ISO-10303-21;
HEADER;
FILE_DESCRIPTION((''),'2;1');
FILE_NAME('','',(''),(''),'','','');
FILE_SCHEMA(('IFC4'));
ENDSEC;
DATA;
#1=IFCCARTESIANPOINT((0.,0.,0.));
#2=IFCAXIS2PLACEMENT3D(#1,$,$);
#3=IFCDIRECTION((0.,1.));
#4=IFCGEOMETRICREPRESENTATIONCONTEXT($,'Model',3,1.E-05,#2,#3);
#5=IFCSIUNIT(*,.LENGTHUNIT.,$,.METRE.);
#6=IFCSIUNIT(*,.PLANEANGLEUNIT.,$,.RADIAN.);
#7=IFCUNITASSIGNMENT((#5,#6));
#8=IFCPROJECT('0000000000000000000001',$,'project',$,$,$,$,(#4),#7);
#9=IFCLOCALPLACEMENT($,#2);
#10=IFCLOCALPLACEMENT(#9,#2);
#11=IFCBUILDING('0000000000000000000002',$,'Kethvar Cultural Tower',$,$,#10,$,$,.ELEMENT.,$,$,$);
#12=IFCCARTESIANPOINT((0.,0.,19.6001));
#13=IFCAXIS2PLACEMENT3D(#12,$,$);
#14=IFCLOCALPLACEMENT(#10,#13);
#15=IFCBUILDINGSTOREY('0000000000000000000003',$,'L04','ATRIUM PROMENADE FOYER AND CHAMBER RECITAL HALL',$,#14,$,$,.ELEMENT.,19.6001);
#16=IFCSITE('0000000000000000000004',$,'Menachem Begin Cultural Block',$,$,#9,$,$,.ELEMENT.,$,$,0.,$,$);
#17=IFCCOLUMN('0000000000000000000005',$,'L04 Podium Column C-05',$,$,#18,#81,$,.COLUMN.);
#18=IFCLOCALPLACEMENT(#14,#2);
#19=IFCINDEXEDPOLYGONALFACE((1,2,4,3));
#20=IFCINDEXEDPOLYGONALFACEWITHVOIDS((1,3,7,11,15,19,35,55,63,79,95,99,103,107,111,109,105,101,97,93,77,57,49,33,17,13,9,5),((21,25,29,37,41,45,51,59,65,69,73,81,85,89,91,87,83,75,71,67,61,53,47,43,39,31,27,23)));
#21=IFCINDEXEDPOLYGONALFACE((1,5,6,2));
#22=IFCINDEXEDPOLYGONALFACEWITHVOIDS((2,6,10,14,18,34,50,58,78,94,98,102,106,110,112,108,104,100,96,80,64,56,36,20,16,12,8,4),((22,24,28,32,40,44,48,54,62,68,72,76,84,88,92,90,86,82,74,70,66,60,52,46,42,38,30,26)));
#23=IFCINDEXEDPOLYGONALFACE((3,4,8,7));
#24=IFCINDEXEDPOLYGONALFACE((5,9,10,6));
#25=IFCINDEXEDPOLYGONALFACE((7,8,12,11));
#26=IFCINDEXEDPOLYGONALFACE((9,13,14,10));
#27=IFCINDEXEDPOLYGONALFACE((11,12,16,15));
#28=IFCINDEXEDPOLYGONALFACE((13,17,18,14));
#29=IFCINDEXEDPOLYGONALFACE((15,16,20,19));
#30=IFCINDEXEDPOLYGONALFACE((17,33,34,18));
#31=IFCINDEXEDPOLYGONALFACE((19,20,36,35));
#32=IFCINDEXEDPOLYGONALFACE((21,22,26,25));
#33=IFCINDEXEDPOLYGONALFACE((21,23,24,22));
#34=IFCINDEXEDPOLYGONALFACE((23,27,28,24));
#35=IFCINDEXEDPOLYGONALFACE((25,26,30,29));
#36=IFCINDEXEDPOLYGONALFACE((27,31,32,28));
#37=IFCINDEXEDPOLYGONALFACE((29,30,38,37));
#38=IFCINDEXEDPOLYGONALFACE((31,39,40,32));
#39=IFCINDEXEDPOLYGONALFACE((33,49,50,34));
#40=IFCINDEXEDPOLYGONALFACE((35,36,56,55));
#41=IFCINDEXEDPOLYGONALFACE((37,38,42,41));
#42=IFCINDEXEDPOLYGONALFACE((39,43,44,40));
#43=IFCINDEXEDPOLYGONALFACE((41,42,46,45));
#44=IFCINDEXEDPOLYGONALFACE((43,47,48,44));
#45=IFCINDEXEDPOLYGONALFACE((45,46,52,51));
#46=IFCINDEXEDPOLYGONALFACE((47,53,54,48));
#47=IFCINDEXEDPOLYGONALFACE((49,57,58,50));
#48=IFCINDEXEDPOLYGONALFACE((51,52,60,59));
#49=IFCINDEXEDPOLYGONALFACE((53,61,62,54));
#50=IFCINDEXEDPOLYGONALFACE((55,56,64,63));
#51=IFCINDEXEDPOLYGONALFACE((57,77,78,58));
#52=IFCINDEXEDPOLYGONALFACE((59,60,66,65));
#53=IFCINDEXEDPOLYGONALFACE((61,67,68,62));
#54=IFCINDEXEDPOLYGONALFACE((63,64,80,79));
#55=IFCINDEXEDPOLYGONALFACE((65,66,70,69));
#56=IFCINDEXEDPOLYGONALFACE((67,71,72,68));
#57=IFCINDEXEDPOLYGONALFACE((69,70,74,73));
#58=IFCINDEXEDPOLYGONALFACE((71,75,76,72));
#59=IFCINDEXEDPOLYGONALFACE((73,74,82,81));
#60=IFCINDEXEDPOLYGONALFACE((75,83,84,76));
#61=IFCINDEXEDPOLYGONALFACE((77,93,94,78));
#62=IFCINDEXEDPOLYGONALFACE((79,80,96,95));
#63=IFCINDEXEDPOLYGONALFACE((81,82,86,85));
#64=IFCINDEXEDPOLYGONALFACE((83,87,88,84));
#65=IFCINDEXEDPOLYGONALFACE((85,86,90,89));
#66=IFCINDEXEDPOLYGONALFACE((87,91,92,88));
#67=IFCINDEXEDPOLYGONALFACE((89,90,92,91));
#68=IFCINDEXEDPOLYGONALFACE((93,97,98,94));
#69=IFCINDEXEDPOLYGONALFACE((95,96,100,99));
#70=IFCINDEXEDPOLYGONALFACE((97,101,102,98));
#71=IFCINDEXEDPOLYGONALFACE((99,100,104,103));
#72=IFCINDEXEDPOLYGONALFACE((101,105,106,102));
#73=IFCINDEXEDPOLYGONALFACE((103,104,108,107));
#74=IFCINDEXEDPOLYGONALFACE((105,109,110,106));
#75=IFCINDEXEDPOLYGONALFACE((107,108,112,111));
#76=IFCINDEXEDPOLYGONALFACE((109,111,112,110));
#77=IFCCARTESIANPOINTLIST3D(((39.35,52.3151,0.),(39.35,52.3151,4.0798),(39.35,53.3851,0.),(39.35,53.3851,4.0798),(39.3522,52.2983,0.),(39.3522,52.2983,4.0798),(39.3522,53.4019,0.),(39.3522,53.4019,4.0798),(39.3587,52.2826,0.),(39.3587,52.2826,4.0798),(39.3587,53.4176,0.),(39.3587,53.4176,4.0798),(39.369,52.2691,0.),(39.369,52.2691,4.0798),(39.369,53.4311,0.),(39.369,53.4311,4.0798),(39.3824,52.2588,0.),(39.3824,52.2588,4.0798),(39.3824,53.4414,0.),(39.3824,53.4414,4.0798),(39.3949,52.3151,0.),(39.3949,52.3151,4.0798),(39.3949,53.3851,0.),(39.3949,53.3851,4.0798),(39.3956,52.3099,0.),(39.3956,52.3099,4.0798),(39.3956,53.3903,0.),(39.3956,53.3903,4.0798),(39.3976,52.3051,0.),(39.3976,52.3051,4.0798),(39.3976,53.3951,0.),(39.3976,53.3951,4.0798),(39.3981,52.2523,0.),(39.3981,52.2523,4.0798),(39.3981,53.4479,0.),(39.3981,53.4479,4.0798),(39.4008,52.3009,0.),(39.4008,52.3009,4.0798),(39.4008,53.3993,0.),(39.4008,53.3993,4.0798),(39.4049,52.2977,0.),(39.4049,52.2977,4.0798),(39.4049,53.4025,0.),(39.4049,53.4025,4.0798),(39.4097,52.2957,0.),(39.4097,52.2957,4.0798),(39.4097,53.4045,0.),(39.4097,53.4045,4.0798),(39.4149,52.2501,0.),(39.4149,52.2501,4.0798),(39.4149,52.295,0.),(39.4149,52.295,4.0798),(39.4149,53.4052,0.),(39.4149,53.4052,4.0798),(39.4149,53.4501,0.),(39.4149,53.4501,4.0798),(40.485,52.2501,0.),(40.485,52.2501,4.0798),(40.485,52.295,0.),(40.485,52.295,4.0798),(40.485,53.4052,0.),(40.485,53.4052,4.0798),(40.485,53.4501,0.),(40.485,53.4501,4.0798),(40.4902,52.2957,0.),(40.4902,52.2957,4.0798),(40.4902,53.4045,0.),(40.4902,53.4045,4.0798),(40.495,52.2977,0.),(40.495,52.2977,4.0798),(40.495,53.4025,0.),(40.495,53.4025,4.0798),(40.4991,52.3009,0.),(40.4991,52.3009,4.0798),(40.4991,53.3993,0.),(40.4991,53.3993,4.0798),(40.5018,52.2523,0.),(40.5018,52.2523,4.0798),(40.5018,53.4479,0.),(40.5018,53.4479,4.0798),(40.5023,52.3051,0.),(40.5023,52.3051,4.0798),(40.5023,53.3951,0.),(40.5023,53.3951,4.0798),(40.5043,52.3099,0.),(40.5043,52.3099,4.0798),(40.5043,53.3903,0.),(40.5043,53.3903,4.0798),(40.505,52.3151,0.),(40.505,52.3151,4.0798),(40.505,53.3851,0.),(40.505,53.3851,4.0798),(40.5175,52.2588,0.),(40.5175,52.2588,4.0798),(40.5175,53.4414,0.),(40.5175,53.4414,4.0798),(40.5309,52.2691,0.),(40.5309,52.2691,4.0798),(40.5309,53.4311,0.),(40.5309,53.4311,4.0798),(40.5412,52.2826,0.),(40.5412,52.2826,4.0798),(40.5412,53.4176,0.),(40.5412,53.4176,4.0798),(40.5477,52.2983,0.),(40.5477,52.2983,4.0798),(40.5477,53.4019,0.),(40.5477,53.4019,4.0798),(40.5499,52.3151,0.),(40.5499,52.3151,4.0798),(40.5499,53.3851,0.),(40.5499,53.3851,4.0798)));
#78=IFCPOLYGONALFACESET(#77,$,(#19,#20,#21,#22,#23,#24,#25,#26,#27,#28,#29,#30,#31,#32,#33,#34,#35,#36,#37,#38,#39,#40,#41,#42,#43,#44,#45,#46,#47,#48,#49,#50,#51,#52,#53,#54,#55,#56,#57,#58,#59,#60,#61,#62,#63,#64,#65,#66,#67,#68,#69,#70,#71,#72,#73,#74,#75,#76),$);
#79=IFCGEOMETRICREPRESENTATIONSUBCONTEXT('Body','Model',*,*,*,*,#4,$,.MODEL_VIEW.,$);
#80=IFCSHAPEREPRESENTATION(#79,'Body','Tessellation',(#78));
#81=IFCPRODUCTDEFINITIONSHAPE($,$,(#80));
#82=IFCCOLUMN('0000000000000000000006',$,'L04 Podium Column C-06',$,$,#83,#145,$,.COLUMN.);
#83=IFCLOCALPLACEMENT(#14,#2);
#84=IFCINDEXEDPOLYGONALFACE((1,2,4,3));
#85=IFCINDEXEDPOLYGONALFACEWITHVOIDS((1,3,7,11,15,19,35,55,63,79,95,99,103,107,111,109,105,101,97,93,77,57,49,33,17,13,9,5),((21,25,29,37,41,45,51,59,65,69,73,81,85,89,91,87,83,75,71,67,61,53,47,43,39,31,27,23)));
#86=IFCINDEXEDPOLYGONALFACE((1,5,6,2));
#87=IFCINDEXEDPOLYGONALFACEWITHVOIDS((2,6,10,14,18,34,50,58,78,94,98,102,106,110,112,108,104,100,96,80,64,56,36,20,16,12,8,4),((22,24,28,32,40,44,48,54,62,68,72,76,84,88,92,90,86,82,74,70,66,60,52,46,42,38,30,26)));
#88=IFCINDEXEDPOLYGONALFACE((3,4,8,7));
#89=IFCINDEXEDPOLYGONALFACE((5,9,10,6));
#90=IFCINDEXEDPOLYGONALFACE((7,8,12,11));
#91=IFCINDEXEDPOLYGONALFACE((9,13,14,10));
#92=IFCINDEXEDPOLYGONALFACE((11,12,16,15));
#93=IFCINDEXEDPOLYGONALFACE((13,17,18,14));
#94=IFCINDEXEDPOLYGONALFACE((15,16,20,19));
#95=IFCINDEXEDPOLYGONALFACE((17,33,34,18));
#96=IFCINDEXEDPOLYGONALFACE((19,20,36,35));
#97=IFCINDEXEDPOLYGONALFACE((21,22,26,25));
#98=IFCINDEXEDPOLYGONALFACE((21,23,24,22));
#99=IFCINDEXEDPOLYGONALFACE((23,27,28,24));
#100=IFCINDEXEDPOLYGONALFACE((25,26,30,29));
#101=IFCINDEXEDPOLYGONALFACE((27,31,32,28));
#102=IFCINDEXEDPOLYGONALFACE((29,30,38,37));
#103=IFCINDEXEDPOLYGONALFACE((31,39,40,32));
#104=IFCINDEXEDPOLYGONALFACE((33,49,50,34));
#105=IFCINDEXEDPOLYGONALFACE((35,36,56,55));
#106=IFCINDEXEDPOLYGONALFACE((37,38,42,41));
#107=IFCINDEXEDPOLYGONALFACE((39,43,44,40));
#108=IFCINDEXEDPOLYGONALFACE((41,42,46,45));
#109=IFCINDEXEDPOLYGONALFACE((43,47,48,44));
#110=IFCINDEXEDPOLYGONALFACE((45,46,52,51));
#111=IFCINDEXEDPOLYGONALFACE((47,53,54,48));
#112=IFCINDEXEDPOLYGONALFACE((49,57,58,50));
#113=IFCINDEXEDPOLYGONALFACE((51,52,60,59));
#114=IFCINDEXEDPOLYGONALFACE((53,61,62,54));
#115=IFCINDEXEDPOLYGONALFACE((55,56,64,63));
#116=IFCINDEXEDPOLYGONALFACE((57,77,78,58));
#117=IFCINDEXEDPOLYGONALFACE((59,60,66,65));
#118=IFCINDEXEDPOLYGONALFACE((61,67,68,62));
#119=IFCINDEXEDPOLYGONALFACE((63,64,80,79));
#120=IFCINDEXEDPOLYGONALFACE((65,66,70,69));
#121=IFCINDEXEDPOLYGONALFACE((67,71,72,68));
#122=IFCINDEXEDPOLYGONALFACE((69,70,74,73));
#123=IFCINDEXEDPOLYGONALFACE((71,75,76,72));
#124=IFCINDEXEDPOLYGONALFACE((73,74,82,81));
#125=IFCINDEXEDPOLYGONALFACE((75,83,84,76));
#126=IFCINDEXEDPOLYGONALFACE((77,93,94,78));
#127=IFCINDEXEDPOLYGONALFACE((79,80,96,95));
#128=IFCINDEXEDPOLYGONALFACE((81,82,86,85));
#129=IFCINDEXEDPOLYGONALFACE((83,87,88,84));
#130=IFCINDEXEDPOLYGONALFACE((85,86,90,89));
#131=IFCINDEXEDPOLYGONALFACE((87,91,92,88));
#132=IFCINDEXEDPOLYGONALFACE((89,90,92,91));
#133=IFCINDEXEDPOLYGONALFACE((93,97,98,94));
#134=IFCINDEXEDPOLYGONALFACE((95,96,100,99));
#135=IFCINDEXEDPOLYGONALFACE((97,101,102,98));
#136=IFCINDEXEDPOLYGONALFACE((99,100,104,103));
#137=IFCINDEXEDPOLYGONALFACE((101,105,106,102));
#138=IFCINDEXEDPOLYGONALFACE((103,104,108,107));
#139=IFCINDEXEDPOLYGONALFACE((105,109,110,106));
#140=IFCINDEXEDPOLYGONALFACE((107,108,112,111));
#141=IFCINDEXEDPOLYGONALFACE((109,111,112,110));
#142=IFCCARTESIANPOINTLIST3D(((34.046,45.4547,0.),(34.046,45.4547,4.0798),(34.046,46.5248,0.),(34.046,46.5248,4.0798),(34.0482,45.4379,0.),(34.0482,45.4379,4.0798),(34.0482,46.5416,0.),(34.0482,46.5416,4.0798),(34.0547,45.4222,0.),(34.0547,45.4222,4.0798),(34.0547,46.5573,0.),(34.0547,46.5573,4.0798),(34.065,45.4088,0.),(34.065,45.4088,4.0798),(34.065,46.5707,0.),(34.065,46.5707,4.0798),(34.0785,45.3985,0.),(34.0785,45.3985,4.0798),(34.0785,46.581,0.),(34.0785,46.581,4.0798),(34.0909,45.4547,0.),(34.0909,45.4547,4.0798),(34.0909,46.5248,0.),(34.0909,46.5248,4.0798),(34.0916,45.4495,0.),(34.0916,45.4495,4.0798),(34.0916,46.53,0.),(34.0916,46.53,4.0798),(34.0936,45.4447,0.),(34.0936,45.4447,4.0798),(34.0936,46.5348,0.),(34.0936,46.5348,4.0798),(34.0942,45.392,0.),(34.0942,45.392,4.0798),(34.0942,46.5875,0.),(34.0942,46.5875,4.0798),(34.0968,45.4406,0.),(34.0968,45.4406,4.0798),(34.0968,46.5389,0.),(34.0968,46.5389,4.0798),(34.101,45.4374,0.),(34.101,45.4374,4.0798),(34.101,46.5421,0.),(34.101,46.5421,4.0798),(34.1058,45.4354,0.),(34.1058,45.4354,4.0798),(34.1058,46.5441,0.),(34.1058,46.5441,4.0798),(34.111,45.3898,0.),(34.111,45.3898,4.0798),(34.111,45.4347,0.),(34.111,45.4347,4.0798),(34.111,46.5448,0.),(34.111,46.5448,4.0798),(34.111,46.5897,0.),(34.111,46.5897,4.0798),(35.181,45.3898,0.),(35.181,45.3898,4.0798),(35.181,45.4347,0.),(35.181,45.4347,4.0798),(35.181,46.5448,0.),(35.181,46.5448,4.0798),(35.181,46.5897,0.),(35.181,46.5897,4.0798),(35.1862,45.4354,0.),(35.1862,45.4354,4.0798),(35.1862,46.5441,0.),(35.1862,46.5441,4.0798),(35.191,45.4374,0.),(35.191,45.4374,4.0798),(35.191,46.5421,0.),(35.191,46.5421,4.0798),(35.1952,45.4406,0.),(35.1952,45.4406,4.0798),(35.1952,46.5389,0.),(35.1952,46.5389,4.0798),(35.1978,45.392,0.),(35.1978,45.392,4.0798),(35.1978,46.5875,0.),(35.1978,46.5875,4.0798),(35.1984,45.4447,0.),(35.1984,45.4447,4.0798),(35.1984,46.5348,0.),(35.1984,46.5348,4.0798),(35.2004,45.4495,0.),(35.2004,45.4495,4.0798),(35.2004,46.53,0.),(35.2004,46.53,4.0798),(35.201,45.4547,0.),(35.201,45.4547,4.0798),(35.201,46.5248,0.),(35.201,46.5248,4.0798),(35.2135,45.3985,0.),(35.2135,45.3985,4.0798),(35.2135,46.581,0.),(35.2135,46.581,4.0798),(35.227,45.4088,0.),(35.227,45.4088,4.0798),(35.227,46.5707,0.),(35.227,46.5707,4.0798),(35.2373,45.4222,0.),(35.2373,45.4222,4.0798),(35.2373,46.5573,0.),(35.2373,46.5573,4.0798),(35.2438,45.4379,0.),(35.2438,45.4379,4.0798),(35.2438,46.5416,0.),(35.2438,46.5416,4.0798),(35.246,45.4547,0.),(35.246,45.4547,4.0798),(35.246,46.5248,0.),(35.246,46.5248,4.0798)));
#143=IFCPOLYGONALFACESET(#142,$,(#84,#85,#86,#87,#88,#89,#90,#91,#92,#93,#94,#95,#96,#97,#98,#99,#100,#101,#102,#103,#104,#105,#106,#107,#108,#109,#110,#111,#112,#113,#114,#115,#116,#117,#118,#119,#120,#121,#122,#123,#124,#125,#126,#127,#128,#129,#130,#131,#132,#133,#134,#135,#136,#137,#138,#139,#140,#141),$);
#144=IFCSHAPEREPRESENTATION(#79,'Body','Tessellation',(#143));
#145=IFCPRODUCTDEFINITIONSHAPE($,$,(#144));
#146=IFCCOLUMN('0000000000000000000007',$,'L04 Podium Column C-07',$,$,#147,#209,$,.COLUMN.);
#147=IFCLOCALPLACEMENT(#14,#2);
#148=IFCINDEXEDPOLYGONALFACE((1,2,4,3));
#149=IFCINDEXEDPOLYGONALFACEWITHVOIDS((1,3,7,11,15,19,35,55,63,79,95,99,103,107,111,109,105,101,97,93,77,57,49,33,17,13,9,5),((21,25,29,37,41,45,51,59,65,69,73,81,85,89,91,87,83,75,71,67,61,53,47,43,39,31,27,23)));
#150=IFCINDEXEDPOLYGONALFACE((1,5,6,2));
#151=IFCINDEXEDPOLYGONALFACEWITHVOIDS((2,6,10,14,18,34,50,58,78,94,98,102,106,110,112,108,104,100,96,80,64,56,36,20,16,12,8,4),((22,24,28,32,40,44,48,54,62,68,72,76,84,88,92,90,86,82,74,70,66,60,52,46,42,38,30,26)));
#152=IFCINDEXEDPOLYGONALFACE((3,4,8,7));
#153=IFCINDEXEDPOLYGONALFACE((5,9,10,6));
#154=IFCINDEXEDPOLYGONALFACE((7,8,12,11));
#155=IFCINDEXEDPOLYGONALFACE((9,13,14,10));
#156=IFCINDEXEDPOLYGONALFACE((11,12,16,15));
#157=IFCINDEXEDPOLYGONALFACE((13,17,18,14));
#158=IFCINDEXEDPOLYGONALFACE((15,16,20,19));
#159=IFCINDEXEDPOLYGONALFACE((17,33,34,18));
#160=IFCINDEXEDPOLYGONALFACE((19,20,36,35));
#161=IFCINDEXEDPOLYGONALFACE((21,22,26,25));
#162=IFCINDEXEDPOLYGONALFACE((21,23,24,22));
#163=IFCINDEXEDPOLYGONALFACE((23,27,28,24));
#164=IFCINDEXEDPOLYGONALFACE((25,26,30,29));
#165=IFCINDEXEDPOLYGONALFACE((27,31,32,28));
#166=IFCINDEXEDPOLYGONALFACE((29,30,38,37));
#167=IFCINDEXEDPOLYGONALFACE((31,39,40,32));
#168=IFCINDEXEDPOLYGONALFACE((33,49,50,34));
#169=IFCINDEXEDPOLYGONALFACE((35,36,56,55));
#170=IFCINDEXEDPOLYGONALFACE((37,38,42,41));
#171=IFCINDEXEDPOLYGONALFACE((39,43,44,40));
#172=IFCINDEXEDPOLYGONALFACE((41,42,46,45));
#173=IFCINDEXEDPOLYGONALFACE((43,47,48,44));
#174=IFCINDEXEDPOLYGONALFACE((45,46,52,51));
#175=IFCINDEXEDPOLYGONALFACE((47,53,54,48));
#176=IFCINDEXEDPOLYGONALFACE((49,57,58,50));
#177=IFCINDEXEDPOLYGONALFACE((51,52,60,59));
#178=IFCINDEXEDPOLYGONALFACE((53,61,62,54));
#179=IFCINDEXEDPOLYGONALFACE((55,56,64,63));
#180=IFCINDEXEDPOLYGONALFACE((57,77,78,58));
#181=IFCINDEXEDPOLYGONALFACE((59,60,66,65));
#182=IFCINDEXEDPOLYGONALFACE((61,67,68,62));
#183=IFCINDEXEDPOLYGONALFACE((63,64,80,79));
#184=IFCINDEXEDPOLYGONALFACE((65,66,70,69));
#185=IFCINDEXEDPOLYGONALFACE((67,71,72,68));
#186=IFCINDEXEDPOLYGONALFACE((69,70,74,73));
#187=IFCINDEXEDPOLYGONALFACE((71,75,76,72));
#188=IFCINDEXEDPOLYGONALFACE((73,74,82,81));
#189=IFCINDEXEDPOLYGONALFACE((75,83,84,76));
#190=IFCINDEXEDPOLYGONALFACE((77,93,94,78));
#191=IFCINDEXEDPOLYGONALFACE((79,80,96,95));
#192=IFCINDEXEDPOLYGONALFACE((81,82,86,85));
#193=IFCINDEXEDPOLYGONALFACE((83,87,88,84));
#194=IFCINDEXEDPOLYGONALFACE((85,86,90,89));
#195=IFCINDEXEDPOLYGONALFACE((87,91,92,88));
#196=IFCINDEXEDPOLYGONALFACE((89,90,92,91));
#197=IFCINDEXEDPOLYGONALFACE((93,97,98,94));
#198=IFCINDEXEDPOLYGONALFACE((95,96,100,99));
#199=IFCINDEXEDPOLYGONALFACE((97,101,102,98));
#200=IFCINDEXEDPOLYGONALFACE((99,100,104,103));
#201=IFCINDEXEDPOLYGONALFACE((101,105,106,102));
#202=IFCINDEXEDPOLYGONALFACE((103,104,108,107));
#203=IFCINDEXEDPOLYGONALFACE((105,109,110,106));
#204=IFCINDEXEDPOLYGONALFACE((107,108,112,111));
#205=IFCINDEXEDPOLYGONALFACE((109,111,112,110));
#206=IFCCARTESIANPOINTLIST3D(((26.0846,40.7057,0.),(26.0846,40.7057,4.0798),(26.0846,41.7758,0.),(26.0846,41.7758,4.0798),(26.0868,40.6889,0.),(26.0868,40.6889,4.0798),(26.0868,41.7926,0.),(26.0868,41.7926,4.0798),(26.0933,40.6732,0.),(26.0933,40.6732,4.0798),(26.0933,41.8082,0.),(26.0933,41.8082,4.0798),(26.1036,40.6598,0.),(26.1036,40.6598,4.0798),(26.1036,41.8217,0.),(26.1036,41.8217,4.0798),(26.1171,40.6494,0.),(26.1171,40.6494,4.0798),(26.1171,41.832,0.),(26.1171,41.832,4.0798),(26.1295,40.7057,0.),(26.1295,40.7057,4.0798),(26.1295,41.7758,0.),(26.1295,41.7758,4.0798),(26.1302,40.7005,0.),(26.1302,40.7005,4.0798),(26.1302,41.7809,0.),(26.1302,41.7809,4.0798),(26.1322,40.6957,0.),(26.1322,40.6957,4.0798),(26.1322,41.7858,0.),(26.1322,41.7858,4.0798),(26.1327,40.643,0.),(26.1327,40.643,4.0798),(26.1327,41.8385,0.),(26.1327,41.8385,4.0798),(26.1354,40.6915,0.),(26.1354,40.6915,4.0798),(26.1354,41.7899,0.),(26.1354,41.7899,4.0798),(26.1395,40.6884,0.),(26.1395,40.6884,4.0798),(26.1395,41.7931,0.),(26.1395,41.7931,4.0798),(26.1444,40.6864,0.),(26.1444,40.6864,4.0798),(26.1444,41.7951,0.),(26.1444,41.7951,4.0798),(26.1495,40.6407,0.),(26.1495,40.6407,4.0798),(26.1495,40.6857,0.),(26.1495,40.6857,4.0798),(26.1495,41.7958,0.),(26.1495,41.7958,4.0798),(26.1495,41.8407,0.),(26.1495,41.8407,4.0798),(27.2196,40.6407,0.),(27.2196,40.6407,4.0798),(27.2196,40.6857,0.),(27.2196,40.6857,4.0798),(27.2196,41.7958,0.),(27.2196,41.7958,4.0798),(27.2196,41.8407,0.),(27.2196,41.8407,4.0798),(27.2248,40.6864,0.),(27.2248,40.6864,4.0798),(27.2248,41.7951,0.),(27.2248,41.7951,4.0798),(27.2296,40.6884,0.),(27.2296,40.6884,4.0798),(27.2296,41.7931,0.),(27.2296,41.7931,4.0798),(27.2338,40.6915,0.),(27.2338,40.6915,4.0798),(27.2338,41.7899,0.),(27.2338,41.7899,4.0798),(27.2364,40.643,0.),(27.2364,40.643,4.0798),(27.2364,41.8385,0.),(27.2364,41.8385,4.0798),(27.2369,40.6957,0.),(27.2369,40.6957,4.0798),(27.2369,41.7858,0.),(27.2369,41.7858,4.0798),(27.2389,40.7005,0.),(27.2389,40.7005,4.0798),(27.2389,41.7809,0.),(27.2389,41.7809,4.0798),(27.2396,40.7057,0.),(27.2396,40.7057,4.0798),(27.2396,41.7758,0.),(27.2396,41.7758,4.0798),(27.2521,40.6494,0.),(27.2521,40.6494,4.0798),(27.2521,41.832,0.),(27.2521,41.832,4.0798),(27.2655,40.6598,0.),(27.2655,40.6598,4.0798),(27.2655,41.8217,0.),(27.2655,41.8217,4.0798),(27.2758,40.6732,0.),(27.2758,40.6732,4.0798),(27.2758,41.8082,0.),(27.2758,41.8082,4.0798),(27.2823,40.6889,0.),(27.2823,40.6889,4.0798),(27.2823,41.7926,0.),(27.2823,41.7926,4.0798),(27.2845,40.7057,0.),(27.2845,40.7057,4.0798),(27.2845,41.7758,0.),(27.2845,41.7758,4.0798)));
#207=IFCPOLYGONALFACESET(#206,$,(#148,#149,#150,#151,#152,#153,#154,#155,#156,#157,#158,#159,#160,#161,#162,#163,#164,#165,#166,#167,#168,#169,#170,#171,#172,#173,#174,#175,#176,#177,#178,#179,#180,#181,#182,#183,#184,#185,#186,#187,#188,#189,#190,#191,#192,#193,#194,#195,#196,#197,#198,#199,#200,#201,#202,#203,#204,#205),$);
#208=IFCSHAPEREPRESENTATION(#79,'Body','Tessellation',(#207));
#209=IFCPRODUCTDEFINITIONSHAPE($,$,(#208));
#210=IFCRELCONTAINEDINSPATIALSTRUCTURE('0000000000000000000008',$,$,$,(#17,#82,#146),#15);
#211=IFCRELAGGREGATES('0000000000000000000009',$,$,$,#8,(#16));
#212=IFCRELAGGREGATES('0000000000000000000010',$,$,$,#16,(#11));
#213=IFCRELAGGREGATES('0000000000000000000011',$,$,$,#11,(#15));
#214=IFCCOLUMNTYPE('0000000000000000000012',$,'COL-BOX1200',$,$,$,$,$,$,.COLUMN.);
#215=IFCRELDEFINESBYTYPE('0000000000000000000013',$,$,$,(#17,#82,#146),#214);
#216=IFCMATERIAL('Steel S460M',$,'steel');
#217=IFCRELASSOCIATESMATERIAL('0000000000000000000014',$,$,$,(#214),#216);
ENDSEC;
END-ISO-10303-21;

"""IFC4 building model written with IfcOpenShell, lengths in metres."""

from ifc_helpers import new_model, si_unit, direction, frame, origin, origin_2d, place, context, subcontext, project, spatial, hollow_rectangle, extrude, source, transform, mapped, material, material_profile, profile_set, type_object, element, save


model = new_model("IFC4")

# Units and contexts
model_context = context("Model", 3, precision=1e-05, world=origin(), true_north=direction((0.0, 1.0)))
body_context = subcontext(model_context, "Body", "Model", "MODEL_VIEW")
ifc_project = project(units=[si_unit("LENGTHUNIT", "METRE"), si_unit("PLANEANGLEUNIT", "RADIAN")], contexts=[model_context])

# Site, building, storey
site_placement = place(None, origin())
site = spatial("IfcSite", under=ifc_project, at=site_placement, Name="Menachem Begin Cultural Block", CompositionType="ELEMENT", RefElevation=0.0)
building_placement = place(site_placement, origin())
building = spatial("IfcBuilding", under=site, at=building_placement, Name="Kethvar Cultural Tower", CompositionType="ELEMENT")
storey_placement = place(building_placement, frame((0.0, 0.0, 19.6001)))
storey = spatial("IfcBuildingStorey", under=building, at=storey_placement, Name="L04", Description="ATRIUM PROMENADE FOYER AND CHAMBER RECITAL HALL", CompositionType="ELEMENT", Elevation=19.6001)

# Columns
ifc_material_1 = material(Name="Steel S460M", Category="steel")
ifc_material_profile_1 = material_profile(ifc_material_1, hollow_rectangle(XDim=1.2, YDim=1.2, WallThickness=0.0449, InnerFilletRadius=0.02, OuterFilletRadius=0.0649, at=origin_2d()), Name="Steel S460M — BOX1200x1200x45")
ifc_profile_set_1 = profile_set([ifc_material_profile_1], Name="Steel S460M — BOX1200x1200x45")
column_type = type_object("IfcColumnType", Name="COL-BOX1200", PredefinedType="COLUMN", material=ifc_profile_set_1)
shared_shape_1 = source(origin(), body_context, "Body", "SweptSolid", [
    extrude(hollow_rectangle(XDim=1.2, YDim=1.2, WallThickness=0.0449, InnerFilletRadius=0.02, OuterFilletRadius=0.0649, at=origin_2d()), origin(), (0.0, 0.0, 1.0), 4.0798),
])
for number, where, z_axis, x_axis, name in (
    (1, (39.95, 52.8501, 0.0), (0.0, 0.0, 1.0), (1.0, 0.0, 0.0), "L04 Podium Column C-05"),
    (2, (34.646, 45.9897, 0.0), (0.0, 0.0, 1.0), (1.0, 0.0, 0.0), "L04 Podium Column C-06"),
    (3, (26.6846, 41.2407, 0.0), (0.0, 0.0, 1.0), (1.0, 0.0, 0.0), "L04 Podium Column C-07"),
):
    element("IfcColumn", number, at=place(storey_placement, frame(where, z_axis=z_axis, x_axis=x_axis)), inside=storey, type_object=column_type, Name=name, PredefinedType="COLUMN", context=body_context, shape_type="MappedRepresentation", body=[
        mapped(shared_shape_1, transform((0.0, 0.0, 0.0), scale=1.0)),
    ])

save(model, "model.ifc")
